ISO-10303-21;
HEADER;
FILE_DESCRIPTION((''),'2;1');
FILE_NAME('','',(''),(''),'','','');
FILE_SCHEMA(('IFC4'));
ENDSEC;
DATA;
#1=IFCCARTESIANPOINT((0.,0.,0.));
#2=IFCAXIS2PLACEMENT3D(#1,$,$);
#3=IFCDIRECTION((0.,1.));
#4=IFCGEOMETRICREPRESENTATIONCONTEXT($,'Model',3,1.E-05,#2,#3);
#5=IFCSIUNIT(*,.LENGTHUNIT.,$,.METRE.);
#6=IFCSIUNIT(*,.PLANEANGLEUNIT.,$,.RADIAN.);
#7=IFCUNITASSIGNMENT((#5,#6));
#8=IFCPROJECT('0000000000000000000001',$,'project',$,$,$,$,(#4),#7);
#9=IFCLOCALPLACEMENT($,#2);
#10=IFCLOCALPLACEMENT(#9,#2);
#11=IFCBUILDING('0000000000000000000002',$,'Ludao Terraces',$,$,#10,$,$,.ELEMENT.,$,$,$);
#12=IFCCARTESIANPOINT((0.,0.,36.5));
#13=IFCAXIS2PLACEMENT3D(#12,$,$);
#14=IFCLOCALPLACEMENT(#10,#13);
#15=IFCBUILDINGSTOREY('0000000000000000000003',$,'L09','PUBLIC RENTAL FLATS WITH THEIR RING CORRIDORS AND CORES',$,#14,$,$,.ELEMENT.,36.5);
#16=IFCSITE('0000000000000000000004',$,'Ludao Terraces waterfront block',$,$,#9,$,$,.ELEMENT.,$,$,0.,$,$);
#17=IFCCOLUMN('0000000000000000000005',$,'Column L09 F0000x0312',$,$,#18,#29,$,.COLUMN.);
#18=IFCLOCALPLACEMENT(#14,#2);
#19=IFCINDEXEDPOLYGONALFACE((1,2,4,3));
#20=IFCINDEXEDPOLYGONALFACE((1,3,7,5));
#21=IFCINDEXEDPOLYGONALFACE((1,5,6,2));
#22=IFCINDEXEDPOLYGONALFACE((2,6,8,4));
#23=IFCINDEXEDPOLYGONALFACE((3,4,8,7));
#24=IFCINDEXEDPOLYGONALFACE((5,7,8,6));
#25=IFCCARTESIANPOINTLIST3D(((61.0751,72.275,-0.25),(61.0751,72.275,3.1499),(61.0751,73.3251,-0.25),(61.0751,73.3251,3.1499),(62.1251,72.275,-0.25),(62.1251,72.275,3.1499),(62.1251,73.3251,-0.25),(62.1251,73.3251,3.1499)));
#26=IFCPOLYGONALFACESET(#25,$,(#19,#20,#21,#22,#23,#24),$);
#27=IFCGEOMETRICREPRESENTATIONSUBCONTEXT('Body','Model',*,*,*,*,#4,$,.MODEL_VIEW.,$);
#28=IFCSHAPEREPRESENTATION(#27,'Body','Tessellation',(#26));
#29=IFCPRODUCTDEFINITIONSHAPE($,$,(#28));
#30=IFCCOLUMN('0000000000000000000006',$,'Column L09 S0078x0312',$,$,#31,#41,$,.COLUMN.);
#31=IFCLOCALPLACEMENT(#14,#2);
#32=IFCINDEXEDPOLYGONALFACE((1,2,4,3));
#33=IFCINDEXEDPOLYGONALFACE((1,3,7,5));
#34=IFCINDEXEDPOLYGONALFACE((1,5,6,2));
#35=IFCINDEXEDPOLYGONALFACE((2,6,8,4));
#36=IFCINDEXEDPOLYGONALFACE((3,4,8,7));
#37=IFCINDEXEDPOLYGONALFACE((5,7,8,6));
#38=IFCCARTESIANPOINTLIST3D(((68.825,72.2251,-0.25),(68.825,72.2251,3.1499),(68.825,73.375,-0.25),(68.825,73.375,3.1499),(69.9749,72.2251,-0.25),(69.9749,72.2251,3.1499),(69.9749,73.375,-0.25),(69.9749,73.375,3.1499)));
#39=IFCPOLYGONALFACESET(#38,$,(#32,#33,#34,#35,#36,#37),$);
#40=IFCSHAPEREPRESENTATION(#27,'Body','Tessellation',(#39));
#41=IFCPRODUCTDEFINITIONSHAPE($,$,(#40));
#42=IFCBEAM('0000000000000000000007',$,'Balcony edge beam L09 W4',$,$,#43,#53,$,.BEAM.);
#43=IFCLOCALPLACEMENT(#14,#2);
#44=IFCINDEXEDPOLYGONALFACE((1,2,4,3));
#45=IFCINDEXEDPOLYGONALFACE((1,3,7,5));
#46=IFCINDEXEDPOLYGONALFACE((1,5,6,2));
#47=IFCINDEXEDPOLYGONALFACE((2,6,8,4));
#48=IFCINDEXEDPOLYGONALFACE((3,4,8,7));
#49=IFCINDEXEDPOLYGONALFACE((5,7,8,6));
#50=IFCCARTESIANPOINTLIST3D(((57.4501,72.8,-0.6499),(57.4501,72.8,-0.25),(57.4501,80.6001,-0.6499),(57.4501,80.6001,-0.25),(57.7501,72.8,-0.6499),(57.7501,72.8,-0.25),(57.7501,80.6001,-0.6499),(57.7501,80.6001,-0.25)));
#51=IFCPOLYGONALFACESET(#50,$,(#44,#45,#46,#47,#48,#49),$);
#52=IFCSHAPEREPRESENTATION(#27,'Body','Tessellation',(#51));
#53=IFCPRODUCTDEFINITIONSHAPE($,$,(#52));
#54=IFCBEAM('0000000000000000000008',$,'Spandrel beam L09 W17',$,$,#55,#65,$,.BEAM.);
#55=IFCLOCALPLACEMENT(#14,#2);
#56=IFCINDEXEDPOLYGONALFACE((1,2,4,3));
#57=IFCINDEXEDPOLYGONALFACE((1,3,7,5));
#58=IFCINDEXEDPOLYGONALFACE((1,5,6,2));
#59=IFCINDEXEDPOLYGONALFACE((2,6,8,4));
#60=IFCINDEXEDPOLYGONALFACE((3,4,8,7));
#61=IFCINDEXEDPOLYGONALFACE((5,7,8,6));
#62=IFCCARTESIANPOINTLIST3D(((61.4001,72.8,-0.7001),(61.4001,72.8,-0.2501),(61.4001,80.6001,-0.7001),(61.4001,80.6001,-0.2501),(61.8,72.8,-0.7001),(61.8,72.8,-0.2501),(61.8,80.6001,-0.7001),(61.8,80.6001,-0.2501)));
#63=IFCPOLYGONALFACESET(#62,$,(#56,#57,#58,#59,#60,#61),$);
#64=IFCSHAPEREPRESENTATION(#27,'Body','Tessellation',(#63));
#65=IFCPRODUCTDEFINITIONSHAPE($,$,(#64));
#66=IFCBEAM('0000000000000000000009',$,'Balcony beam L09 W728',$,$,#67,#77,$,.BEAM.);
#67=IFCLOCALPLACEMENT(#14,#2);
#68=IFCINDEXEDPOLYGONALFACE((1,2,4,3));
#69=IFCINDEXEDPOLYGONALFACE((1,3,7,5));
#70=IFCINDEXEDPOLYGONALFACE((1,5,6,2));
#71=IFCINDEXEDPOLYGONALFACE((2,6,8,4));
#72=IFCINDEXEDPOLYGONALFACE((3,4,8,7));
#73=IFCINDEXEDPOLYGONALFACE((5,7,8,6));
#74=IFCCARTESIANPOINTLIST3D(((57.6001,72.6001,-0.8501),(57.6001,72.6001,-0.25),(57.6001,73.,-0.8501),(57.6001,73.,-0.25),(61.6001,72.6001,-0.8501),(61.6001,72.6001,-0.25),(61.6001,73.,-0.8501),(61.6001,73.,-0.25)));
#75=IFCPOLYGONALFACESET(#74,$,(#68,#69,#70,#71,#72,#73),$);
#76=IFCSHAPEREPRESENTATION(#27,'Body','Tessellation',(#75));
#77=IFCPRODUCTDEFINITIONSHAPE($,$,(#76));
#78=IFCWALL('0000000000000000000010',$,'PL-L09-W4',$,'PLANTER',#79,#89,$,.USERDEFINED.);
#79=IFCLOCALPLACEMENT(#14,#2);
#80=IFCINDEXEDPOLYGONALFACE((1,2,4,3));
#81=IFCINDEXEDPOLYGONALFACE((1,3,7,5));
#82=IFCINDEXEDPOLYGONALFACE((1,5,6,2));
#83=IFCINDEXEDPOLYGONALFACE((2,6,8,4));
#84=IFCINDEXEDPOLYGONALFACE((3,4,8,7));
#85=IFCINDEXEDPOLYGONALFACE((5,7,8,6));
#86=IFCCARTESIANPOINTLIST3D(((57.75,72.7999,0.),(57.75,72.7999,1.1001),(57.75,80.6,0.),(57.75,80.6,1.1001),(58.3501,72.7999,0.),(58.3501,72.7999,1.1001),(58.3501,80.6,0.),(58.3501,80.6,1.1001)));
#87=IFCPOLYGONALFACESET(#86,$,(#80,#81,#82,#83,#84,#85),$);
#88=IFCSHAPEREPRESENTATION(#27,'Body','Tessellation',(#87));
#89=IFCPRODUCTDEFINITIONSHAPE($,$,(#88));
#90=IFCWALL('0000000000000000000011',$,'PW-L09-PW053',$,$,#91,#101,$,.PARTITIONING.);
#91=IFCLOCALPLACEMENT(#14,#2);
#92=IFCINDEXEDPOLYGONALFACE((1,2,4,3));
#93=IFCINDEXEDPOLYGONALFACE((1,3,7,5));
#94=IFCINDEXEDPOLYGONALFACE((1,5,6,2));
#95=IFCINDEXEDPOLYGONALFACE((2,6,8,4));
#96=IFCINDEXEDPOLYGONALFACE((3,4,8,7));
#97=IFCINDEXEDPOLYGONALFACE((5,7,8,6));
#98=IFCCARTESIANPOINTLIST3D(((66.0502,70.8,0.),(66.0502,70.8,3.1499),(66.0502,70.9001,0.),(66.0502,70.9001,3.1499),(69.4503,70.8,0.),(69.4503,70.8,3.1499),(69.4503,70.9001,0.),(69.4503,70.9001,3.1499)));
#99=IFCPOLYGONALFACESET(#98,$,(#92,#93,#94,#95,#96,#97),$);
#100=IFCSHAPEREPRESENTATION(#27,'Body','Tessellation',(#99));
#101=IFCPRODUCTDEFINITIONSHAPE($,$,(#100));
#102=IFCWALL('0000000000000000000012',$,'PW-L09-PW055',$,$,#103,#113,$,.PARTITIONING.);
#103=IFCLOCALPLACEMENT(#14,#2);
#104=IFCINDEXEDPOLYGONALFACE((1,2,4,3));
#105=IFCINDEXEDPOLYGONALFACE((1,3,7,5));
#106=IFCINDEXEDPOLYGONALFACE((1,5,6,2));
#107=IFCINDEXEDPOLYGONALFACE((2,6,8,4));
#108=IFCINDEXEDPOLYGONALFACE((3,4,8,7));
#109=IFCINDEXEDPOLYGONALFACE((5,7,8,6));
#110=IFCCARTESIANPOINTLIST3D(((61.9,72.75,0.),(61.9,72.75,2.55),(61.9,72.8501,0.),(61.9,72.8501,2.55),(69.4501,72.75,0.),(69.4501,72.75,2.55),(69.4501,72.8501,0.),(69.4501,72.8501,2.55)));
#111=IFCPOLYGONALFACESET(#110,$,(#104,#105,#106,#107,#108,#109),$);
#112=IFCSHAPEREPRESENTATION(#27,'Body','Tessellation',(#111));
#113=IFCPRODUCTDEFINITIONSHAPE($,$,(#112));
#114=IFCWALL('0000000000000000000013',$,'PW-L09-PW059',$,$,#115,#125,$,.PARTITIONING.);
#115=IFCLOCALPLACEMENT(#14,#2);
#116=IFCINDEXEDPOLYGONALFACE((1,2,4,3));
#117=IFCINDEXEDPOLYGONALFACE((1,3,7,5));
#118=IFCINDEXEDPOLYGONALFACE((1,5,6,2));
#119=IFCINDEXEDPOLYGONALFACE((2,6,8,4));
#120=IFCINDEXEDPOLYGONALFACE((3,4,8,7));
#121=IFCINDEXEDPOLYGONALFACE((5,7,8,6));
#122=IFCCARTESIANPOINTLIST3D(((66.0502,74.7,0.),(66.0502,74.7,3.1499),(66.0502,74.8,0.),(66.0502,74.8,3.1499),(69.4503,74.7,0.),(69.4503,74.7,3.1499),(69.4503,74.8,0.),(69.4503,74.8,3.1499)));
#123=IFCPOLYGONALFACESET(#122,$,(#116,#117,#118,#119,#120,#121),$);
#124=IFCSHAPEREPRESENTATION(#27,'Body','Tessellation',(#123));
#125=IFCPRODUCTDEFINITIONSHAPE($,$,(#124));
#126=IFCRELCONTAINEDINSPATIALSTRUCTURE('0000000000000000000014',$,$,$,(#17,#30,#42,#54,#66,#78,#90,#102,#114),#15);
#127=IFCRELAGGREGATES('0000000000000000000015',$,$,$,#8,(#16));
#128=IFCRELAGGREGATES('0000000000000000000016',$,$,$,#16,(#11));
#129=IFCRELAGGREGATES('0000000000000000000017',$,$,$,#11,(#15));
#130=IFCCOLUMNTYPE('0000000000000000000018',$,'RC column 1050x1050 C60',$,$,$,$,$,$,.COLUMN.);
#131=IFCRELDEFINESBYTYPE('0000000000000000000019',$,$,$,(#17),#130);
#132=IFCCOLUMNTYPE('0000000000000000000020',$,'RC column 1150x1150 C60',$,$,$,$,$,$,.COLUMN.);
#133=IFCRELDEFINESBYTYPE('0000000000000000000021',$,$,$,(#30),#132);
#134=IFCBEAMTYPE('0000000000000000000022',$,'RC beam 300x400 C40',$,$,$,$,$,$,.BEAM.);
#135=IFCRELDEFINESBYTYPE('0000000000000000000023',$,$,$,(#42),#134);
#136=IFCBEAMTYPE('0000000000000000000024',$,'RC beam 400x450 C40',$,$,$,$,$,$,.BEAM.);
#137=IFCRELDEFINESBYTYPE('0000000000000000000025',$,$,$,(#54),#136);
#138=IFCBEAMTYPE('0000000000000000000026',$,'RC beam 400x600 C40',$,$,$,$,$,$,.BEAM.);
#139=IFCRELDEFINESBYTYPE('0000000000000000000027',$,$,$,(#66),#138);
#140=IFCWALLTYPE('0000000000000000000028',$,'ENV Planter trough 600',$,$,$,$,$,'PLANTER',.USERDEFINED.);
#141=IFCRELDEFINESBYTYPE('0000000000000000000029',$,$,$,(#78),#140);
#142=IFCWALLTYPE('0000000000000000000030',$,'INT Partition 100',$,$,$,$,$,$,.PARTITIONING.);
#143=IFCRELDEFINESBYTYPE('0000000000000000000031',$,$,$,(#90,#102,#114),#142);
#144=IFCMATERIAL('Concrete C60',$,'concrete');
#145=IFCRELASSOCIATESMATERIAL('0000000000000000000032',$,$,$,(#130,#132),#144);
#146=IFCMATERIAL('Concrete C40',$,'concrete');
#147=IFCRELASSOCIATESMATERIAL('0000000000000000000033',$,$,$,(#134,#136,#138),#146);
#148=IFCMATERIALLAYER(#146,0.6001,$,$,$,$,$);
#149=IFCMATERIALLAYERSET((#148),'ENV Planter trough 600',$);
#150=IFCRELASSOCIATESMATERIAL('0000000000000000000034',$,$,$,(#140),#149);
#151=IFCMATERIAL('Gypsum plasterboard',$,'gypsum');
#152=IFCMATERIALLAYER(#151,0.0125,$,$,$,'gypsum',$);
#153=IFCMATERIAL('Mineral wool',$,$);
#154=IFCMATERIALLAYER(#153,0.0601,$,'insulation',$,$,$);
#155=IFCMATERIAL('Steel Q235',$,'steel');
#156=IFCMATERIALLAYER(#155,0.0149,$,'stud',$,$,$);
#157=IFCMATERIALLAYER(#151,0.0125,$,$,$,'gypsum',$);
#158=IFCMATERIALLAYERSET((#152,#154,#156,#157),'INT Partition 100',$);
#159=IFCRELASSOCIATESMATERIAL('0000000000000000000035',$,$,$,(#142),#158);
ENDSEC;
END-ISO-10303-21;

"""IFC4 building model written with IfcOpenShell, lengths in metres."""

from ifc_helpers import new_model, si_unit, direction, frame, frame_2d, origin, origin_2d, place, context, subcontext, project, spatial, rectangle, extrude, material, layer, layer_set, material_profile, profile_set, type_object, element, save


model = new_model("IFC4")

# Units and contexts
model_context = context("Model", 3, precision=1e-05, world=origin(), true_north=direction((0.0, 1.0)))
body_context = subcontext(model_context, "Body", "Model", "MODEL_VIEW")
ifc_project = project(units=[si_unit("LENGTHUNIT", "METRE"), si_unit("PLANEANGLEUNIT", "RADIAN")], contexts=[model_context])

# Site, building, storey
site_placement = place(None, origin())
site = spatial("IfcSite", under=ifc_project, at=site_placement, Name="Ludao Terraces waterfront block", CompositionType="ELEMENT", RefElevation=0.0)
building_placement = place(site_placement, origin())
building = spatial("IfcBuilding", under=site, at=building_placement, Name="Ludao Terraces", CompositionType="ELEMENT")
storey_placement = place(building_placement, frame((0.0, 0.0, 36.5)))
storey = spatial("IfcBuildingStorey", under=building, at=storey_placement, Name="L09", Description="PUBLIC RENTAL FLATS WITH THEIR RING CORRIDORS AND CORES", CompositionType="ELEMENT", Elevation=36.5)

# Columns
ifc_material_1 = material(Name="Concrete C60", Category="concrete")
ifc_material_profile_1 = material_profile(ifc_material_1, rectangle(XDim=1.05, YDim=1.05, at=origin_2d()), Name="1050 X 1050")
ifc_profile_set_1 = profile_set([ifc_material_profile_1], Name="Concrete C60")
column_type_1 = type_object("IfcColumnType", Name="RC column 1050x1050 C60", PredefinedType="COLUMN", material=ifc_profile_set_1)
column_1_placement = place(storey_placement, frame((61.6001, 72.8, -0.25), z_axis=(0.0, 0.0, 1.0), x_axis=(1.0, 0.0, 0.0)))
element("IfcColumn", 1, at=column_1_placement, inside=storey, type_object=column_type_1, Name="Column L09 F0000x0312", PredefinedType="COLUMN", context=body_context, shape_type="SweptSolid", body=[
    extrude(rectangle(XDim=1.05, YDim=1.05, at=origin_2d()), origin(), (0.0, 0.0, 1.0), 3.3999),
])
ifc_material_profile_2 = material_profile(ifc_material_1, rectangle(XDim=1.1499, YDim=1.1499, at=origin_2d()), Name="1150 X 1150")
ifc_profile_set_2 = profile_set([ifc_material_profile_2], Name="Concrete C60")
column_type_2 = type_object("IfcColumnType", Name="RC column 1150x1150 C60", PredefinedType="COLUMN", material=ifc_profile_set_2)
column_2_placement = place(storey_placement, frame((69.3999, 72.8, -0.25), z_axis=(0.0, 0.0, 1.0), x_axis=(1.0, 0.0, 0.0)))
element("IfcColumn", 2, at=column_2_placement, inside=storey, type_object=column_type_2, Name="Column L09 S0078x0312", PredefinedType="COLUMN", context=body_context, shape_type="SweptSolid", body=[
    extrude(rectangle(XDim=1.1499, YDim=1.1499, at=origin_2d()), origin(), (0.0, 0.0, 1.0), 3.3999),
])

# Beams
ifc_material_2 = material(Name="Concrete C40", Category="concrete")
ifc_material_profile_3 = material_profile(ifc_material_2, rectangle(XDim=0.3, YDim=0.3999, at=origin_2d()), Name="300 X 400")
ifc_profile_set_3 = profile_set([ifc_material_profile_3], Name="Concrete C40")
beam_type_1 = type_object("IfcBeamType", Name="RC beam 300x400 C40", PredefinedType="BEAM", material=ifc_profile_set_3)
beam_1_placement = place(storey_placement, frame((57.6001, 72.8, -0.45), z_axis=(0.0, 1.0, 0.0), x_axis=(-1.0, 0.0, 0.0)))
element("IfcBeam", 3, at=beam_1_placement, inside=storey, type_object=beam_type_1, Name="Balcony edge beam L09 W4", PredefinedType="BEAM", context=body_context, shape_type="SweptSolid", body=[
    extrude(rectangle(XDim=0.3, YDim=0.3999, at=origin_2d()), origin(), (0.0, 0.0, 1.0), 7.8),
])
ifc_material_profile_4 = material_profile(ifc_material_2, rectangle(XDim=0.3999, YDim=0.45, at=origin_2d()), Name="400 X 450")
ifc_profile_set_4 = profile_set([ifc_material_profile_4], Name="Concrete C40")
beam_type_2 = type_object("IfcBeamType", Name="RC beam 400x450 C40", PredefinedType="BEAM", material=ifc_profile_set_4)
beam_2_placement = place(storey_placement, frame((61.6001, 72.8, -0.4751), z_axis=(0.0, 1.0, 0.0), x_axis=(-1.0, 0.0, 0.0)))
element("IfcBeam", 4, at=beam_2_placement, inside=storey, type_object=beam_type_2, Name="Spandrel beam L09 W17", PredefinedType="BEAM", context=body_context, shape_type="SweptSolid", body=[
    extrude(rectangle(XDim=0.3999, YDim=0.45, at=origin_2d()), origin(), (0.0, 0.0, 1.0), 7.8),
])
ifc_material_profile_5 = material_profile(ifc_material_2, rectangle(XDim=0.3999, YDim=0.6001, at=origin_2d()), Name="400 X 600")
ifc_profile_set_5 = profile_set([ifc_material_profile_5], Name="Concrete C40")
beam_type_3 = type_object("IfcBeamType", Name="RC beam 400x600 C40", PredefinedType="BEAM", material=ifc_profile_set_5)
beam_3_placement = place(storey_placement, frame((61.6001, 72.8, -0.55), z_axis=(-1.0, 0.0, 0.0), x_axis=(0.0, -1.0, 0.0)))
element("IfcBeam", 5, at=beam_3_placement, inside=storey, type_object=beam_type_3, Name="Balcony beam L09 W728", PredefinedType="BEAM", context=body_context, shape_type="SweptSolid", body=[
    extrude(rectangle(XDim=0.3999, YDim=0.6001, at=origin_2d()), origin(), (0.0, 0.0, 1.0), 4.0),
])

# Wall
ifc_layer_1 = layer(ifc_material_2, 0.6001)
ifc_layer_set_1 = layer_set([ifc_layer_1], Name="ENV Planter trough 600")
wall_type_1 = type_object("IfcWallType", Name="ENV Planter trough 600", ElementType="PLANTER", PredefinedType="USERDEFINED", material=ifc_layer_set_1)
wall_1_placement = place(storey_placement, frame((58.05, 72.8, 0.0), z_axis=(0.0, 0.0, 1.0), x_axis=(0.0, 1.0, 0.0)))
element("IfcWall", 6, at=wall_1_placement, inside=storey, type_object=wall_type_1, Name="PL-L09-W4", ObjectType="PLANTER", PredefinedType="USERDEFINED", context=body_context, shape_type="SweptSolid", body=[
    extrude(rectangle(XDim=7.8, YDim=0.6001, at=frame_2d((3.8999, 0.0))), origin(), (0.0, 0.0, 1.0), 1.1001),
])

# Shared definitions
ifc_material_3 = material(Name="Mineral wool")

# Walls
ifc_material_4 = material(Name="Gypsum plasterboard", Category="gypsum")
ifc_layer_2 = layer(ifc_material_4, 0.0125, Category="gypsum")
ifc_layer_3 = layer(ifc_material_3, 0.0601, Name="insulation")
ifc_material_5 = material(Name="Steel Q235", Category="steel")
ifc_layer_4 = layer(ifc_material_5, 0.0149, Name="stud")
ifc_layer_5 = layer(ifc_material_4, 0.0125, Category="gypsum")
ifc_layer_set_2 = layer_set([ifc_layer_2, ifc_layer_3, ifc_layer_4, ifc_layer_5], Name="INT Partition 100")
wall_type_2 = type_object("IfcWallType", Name="INT Partition 100", PredefinedType="PARTITIONING", material=ifc_layer_set_2)
wall_2_placement = place(storey_placement, frame((66.05, 70.8501, 0.0), z_axis=(0.0, 0.0, 1.0), x_axis=(1.0, 0.0, 0.0)))
element("IfcWall", 7, at=wall_2_placement, inside=storey, type_object=wall_type_2, Name="PW-L09-PW053", PredefinedType="PARTITIONING", context=body_context, shape_type="SweptSolid", body=[
    extrude(rectangle(XDim=3.4001, YDim=0.1001, at=frame_2d((1.7002, 0.0))), origin(), (0.0, 0.0, 1.0), 3.1499),
])
wall_3_placement = place(storey_placement, frame((61.9001, 72.8, 0.0), z_axis=(0.0, 0.0, 1.0), x_axis=(1.0, 0.0, 0.0)))
element("IfcWall", 8, at=wall_3_placement, inside=storey, type_object=wall_type_2, Name="PW-L09-PW055", PredefinedType="PARTITIONING", context=body_context, shape_type="SweptSolid", body=[
    extrude(rectangle(XDim=7.55, YDim=0.1001, at=frame_2d((3.7749, 0.0))), origin(), (0.0, 0.0, 1.0), 2.55),
])
wall_4_placement = place(storey_placement, frame((66.05, 74.75, 0.0), z_axis=(0.0, 0.0, 1.0), x_axis=(1.0, 0.0, 0.0)))
element("IfcWall", 9, at=wall_4_placement, inside=storey, type_object=wall_type_2, Name="PW-L09-PW059", PredefinedType="PARTITIONING", context=body_context, shape_type="SweptSolid", body=[
    extrude(rectangle(XDim=3.4001, YDim=0.1001, at=frame_2d((1.7002, 0.0))), origin(), (0.0, 0.0, 1.0), 3.1499),
])

save(model, "model.ifc")
